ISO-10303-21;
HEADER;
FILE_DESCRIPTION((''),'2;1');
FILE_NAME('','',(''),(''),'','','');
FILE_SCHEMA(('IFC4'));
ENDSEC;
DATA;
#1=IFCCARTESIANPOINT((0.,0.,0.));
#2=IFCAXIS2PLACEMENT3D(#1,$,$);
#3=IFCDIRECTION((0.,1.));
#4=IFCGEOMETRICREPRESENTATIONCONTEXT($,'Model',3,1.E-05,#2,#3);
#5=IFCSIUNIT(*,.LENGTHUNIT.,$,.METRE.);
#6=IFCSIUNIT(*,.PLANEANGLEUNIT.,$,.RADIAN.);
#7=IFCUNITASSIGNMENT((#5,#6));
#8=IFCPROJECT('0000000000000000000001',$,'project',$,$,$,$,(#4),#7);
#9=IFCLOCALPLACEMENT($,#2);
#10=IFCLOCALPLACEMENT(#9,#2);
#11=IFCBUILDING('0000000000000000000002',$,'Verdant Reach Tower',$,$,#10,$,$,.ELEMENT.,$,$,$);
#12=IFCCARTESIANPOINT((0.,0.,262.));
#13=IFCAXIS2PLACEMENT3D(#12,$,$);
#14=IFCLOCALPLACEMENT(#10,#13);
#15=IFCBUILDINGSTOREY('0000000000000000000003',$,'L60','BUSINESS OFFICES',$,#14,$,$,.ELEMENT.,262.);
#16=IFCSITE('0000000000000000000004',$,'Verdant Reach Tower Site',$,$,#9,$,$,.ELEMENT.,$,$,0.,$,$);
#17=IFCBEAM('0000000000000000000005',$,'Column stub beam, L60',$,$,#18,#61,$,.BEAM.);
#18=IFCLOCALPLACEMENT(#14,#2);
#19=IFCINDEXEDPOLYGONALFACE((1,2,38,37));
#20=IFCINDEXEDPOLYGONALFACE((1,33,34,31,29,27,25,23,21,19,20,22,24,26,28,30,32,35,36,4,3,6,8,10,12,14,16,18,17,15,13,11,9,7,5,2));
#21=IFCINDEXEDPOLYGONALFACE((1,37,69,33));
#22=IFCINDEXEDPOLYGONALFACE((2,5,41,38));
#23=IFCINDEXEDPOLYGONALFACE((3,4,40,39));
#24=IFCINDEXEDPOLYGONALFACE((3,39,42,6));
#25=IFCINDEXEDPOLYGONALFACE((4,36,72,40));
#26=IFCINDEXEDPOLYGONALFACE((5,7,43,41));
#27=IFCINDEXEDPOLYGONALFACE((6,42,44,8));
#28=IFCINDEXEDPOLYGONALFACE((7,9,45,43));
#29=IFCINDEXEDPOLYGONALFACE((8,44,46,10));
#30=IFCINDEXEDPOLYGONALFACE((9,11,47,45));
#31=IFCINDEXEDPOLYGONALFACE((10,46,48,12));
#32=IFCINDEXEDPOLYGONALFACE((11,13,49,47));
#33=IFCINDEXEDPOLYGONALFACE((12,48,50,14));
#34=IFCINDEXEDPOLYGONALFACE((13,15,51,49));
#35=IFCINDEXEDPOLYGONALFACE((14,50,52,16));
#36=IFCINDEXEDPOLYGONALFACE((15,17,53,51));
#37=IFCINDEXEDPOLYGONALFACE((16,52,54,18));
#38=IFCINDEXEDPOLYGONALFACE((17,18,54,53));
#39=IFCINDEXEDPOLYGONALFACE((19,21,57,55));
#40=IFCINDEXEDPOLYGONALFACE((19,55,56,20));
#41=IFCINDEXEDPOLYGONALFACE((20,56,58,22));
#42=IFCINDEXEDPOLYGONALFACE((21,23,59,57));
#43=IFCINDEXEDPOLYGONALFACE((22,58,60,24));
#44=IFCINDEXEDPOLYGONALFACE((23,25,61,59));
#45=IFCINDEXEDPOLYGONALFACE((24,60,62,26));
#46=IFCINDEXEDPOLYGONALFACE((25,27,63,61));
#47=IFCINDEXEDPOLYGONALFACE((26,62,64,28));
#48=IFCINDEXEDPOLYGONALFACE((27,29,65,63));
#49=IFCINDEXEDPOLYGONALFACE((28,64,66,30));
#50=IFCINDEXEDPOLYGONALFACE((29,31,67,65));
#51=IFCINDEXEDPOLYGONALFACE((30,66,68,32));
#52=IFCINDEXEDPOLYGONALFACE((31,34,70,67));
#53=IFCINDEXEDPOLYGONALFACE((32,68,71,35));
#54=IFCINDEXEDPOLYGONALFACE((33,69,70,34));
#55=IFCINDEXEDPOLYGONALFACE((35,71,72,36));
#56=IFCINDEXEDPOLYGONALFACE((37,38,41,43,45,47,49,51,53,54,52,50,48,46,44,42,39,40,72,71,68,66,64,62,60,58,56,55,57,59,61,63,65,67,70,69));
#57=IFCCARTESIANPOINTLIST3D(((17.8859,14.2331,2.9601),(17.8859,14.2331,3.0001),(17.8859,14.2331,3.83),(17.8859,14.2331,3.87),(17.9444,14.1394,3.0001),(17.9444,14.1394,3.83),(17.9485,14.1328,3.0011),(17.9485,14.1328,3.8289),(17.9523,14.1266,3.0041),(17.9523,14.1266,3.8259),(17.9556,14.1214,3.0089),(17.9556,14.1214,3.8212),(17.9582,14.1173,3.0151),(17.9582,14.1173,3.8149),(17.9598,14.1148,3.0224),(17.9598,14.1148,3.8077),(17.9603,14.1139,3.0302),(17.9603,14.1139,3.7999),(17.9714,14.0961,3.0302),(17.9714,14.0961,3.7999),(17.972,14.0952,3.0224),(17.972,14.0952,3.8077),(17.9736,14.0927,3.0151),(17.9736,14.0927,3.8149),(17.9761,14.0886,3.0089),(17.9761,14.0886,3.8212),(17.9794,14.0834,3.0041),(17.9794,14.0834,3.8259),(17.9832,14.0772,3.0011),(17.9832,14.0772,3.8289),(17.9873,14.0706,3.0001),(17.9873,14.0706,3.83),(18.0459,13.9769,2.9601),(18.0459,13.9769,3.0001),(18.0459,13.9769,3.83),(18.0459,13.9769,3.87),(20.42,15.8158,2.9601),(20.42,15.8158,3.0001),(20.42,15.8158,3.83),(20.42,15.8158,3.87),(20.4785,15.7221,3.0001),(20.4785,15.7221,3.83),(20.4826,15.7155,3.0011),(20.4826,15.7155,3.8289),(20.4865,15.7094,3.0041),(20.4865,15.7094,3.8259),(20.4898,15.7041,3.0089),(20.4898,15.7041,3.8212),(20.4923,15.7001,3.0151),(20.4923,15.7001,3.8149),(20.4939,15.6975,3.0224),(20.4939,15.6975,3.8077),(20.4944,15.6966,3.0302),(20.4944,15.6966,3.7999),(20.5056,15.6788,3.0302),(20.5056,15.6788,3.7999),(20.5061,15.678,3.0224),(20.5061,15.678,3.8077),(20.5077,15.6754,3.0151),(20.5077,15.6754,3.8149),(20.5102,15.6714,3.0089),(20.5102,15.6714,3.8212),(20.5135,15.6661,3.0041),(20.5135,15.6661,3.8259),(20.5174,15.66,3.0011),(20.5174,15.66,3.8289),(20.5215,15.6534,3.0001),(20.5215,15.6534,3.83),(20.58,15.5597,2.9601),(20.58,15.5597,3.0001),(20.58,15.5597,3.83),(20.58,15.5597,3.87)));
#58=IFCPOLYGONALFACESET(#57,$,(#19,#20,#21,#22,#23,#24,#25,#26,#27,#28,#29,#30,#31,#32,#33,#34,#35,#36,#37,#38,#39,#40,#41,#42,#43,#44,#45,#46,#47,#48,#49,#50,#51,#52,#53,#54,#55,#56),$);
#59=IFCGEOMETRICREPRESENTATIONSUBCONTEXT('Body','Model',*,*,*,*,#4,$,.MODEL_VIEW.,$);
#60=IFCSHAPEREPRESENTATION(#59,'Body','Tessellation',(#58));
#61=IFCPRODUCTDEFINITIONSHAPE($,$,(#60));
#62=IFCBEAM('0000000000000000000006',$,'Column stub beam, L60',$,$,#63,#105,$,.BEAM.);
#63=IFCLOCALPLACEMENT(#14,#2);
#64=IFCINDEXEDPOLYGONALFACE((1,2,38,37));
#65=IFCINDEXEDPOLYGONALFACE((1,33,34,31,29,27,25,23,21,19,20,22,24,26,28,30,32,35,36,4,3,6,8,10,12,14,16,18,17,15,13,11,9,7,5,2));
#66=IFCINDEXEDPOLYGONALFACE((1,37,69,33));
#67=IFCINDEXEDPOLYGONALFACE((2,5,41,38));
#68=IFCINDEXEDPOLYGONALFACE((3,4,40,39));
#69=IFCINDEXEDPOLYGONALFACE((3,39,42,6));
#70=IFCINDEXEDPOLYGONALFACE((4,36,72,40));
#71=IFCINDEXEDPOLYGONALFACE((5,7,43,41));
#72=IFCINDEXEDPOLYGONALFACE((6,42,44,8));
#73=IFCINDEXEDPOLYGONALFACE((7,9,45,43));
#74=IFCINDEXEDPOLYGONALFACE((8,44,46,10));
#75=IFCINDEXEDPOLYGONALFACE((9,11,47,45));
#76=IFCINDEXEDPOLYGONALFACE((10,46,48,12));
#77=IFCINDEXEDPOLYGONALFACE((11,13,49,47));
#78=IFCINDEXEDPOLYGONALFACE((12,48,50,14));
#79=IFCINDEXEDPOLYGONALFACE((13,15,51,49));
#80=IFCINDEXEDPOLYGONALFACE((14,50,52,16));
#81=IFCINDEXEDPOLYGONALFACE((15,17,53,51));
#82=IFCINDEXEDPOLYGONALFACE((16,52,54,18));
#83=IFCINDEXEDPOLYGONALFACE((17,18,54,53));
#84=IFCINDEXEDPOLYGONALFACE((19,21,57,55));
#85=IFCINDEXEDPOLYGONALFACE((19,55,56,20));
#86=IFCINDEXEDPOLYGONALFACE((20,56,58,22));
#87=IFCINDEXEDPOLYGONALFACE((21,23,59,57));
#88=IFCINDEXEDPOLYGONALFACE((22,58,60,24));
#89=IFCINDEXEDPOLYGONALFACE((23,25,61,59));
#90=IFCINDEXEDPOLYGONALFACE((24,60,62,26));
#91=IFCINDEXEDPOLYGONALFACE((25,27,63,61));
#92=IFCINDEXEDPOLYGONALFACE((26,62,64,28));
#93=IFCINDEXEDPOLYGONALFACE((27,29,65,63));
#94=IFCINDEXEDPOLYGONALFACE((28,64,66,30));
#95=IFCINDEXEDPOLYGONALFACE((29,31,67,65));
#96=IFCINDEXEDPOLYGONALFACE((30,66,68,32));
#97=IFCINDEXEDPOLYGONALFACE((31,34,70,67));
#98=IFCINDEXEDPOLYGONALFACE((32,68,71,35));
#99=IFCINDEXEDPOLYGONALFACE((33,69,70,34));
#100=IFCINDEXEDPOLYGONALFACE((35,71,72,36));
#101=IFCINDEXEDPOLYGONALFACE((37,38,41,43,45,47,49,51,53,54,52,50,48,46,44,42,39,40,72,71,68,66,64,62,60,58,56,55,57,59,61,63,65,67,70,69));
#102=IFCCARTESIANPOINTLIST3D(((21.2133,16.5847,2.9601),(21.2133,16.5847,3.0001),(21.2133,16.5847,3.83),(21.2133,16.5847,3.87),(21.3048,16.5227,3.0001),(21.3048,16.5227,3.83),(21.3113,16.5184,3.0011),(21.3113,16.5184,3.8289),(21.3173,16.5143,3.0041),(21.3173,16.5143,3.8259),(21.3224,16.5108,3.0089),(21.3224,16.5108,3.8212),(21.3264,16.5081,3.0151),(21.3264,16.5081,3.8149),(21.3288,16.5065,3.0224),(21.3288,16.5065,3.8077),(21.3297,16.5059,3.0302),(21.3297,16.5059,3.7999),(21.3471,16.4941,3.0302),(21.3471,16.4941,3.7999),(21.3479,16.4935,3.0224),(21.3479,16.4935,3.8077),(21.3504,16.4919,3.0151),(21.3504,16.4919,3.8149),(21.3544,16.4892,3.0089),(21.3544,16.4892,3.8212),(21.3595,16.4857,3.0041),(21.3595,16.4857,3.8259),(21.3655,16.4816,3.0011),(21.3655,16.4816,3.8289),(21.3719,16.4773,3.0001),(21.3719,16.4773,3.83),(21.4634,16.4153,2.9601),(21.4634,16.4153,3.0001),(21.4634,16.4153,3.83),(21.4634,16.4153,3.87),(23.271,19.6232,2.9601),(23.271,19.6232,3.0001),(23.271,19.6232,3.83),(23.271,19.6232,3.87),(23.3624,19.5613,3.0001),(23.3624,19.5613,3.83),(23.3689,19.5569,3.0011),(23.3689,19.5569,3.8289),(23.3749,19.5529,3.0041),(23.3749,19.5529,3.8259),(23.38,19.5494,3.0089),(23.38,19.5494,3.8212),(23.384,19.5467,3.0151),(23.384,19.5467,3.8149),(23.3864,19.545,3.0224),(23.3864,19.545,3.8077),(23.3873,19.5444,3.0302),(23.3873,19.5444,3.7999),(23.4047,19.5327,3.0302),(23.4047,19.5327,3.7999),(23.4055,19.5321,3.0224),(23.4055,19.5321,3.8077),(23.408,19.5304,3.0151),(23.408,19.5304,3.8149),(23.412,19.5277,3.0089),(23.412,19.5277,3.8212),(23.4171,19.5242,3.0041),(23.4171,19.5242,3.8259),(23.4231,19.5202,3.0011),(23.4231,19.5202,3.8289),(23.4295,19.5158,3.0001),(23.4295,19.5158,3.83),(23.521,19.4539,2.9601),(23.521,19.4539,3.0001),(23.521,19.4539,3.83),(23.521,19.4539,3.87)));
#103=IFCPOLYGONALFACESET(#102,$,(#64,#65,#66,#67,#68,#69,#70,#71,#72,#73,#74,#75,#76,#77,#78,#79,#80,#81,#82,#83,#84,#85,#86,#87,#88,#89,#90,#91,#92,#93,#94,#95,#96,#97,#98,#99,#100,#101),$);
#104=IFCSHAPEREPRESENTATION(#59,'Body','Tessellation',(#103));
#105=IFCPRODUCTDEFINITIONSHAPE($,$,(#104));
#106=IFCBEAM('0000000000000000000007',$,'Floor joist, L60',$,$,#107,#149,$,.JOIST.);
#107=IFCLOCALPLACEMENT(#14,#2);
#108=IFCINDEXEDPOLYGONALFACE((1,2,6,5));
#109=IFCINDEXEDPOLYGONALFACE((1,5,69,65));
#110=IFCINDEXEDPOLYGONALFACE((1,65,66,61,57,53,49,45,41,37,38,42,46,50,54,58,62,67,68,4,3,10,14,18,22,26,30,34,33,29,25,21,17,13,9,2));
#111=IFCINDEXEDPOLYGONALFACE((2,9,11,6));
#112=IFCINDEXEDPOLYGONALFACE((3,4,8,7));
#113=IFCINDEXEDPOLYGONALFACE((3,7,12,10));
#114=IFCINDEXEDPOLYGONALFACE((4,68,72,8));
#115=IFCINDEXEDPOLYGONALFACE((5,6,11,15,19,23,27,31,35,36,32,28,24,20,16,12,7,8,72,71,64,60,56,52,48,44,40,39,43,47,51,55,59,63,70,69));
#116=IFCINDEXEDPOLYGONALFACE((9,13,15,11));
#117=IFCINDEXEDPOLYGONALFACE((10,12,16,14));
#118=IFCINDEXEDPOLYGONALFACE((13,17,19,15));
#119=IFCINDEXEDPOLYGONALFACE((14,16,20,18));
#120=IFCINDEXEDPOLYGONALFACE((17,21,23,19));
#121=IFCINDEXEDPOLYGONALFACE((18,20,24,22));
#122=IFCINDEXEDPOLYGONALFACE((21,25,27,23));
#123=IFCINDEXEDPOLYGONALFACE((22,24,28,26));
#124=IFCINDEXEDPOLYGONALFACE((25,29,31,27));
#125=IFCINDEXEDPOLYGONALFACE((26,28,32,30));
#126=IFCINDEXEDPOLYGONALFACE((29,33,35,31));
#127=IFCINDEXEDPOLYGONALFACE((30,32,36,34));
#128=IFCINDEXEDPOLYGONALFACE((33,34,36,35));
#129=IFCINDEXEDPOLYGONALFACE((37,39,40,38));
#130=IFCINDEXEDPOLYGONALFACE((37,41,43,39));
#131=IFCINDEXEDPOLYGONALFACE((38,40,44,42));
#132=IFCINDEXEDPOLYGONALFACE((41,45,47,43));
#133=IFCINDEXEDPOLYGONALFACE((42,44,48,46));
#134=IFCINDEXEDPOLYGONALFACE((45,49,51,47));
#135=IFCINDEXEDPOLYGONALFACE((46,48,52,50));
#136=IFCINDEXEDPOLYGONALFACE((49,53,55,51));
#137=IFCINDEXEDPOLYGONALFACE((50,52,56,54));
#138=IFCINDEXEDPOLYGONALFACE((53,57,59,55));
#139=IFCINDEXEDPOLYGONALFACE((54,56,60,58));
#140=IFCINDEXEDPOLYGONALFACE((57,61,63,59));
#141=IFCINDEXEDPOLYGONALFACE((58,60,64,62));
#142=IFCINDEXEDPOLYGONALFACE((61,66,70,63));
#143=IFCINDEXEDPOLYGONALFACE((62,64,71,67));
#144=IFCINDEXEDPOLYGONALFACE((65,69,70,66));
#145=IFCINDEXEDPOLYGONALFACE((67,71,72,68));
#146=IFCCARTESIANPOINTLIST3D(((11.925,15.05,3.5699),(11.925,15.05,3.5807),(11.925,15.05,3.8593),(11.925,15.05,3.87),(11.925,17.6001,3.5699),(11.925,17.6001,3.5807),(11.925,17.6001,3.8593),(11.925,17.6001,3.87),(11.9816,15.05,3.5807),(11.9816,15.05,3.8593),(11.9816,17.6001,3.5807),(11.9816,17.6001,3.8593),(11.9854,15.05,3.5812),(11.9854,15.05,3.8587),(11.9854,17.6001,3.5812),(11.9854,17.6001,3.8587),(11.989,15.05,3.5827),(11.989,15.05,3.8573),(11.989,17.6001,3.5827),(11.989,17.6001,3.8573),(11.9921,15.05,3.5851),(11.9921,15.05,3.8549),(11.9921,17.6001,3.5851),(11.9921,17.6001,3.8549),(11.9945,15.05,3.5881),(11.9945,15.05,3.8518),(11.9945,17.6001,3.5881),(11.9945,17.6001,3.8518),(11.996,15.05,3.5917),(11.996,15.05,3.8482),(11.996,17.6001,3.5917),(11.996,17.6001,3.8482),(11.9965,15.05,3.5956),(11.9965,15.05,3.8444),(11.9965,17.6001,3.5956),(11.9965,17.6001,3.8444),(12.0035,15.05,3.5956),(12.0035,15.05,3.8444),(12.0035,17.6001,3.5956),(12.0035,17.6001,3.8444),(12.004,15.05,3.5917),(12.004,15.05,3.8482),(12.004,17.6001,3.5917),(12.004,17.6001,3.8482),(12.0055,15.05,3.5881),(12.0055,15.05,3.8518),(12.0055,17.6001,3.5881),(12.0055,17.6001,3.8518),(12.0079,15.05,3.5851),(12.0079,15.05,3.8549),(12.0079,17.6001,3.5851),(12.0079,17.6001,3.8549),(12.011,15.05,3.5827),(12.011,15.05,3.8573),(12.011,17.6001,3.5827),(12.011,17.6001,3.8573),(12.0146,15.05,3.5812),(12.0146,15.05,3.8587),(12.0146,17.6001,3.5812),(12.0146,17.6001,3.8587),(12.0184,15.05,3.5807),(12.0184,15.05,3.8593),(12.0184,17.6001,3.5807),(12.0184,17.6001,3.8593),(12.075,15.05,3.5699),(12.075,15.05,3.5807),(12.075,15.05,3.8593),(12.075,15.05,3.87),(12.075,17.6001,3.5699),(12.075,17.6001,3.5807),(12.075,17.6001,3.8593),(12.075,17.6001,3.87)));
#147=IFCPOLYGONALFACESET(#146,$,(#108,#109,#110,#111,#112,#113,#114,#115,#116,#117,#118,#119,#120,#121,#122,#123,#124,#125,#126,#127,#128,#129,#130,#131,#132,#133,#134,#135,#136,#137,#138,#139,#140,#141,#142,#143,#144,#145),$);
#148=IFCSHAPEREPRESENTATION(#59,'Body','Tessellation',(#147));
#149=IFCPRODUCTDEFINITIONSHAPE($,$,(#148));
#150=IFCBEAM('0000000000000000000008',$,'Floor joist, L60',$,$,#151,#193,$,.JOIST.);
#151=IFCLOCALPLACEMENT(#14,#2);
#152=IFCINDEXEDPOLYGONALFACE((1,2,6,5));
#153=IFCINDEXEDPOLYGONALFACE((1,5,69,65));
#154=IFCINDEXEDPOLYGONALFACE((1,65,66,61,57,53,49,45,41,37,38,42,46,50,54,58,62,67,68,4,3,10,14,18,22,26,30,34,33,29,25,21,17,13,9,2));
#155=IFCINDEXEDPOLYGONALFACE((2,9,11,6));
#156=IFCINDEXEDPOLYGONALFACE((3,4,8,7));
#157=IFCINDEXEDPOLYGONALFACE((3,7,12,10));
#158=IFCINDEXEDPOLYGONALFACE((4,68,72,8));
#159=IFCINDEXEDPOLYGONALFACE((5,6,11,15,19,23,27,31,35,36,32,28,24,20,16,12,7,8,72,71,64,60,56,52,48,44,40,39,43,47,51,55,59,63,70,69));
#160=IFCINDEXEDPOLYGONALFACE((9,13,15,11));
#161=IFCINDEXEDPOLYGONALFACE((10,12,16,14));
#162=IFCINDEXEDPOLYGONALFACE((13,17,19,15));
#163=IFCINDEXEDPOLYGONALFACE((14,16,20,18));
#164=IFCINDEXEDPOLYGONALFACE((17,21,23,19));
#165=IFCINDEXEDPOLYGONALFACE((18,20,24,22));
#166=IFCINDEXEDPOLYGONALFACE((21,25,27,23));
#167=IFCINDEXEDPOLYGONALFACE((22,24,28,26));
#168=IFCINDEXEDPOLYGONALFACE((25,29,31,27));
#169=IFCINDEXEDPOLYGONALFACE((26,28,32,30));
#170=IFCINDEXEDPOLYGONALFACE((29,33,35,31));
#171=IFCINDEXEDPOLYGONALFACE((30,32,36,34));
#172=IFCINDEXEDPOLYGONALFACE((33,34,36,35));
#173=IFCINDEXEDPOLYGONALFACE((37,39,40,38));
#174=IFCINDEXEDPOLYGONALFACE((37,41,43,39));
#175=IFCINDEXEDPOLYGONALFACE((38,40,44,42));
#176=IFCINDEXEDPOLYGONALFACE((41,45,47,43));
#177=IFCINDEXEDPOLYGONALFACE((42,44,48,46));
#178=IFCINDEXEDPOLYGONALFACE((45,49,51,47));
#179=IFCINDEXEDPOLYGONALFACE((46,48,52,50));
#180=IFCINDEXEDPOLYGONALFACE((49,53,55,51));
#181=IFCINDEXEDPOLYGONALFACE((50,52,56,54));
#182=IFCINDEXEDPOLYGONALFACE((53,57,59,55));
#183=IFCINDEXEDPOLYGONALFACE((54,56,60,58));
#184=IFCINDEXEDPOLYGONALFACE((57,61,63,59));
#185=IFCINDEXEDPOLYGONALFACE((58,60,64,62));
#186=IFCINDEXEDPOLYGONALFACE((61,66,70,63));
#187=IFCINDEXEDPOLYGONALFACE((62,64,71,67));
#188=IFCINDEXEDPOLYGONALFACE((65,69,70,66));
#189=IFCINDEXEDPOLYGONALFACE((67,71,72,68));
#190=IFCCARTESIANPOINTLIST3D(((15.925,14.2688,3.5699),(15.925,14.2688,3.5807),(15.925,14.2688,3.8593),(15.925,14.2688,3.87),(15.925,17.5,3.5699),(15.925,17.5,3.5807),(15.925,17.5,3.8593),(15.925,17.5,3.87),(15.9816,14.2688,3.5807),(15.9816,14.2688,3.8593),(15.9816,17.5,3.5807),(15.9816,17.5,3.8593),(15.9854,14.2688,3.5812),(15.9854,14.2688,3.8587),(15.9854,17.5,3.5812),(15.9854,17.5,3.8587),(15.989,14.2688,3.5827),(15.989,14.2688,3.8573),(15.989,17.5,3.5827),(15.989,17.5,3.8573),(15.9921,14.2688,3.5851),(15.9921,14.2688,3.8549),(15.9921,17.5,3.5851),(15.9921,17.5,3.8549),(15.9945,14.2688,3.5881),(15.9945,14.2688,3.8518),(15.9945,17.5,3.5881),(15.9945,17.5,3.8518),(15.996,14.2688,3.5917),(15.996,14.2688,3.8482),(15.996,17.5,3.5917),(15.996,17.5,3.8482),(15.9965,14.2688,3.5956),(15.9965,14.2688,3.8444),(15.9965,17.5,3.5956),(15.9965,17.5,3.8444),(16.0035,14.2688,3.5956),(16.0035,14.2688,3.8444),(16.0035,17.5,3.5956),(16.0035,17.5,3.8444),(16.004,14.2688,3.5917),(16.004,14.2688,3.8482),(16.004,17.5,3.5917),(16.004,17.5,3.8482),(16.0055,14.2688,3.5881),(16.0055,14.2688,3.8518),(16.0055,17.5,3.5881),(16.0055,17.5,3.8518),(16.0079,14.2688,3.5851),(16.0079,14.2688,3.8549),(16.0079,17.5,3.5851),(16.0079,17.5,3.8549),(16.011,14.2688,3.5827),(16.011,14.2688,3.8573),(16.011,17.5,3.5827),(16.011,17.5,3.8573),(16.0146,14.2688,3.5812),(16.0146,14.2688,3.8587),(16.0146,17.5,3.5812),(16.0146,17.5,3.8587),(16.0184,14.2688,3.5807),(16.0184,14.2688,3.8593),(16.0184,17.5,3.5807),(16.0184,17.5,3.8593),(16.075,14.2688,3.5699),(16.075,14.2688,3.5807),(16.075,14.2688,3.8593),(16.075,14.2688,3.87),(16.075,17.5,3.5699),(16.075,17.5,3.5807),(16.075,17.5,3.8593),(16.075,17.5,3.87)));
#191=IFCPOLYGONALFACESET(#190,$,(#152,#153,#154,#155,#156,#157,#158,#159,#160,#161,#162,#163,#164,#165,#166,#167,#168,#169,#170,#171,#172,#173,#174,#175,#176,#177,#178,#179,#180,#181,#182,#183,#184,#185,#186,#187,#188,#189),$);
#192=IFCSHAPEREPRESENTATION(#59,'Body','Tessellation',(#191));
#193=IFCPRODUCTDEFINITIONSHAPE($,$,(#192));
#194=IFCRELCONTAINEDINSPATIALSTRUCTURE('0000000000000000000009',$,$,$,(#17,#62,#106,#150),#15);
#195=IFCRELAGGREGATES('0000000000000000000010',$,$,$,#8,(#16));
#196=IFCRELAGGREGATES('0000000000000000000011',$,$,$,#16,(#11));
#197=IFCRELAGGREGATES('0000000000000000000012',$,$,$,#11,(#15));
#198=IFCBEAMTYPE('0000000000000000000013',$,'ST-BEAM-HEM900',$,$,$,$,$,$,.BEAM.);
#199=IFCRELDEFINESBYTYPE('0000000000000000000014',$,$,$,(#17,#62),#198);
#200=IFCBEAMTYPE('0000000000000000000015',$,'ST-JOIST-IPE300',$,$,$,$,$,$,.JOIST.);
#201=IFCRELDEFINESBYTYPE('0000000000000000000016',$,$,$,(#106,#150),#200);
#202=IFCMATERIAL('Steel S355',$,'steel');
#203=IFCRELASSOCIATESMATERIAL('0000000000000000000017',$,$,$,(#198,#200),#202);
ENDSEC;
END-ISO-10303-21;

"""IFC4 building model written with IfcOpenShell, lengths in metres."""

from ifc_helpers import new_model, si_unit, direction, frame, origin, origin_2d, place, context, subcontext, project, spatial, i_section, extrude, material, material_profile, profile_set, type_object, element, save


model = new_model("IFC4")

# Units and contexts
model_context = context("Model", 3, precision=1e-05, world=origin(), true_north=direction((0.0, 1.0)))
body_context = subcontext(model_context, "Body", "Model", "MODEL_VIEW")
ifc_project = project(units=[si_unit("LENGTHUNIT", "METRE"), si_unit("PLANEANGLEUNIT", "RADIAN")], contexts=[model_context])

# Site, building, storey
site_placement = place(None, origin())
site = spatial("IfcSite", under=ifc_project, at=site_placement, Name="Verdant Reach Tower Site", CompositionType="ELEMENT", RefElevation=0.0)
building_placement = place(site_placement, origin())
building = spatial("IfcBuilding", under=site, at=building_placement, Name="Verdant Reach Tower", CompositionType="ELEMENT")
storey_placement = place(building_placement, frame((0.0, 0.0, 262.0)))
storey = spatial("IfcBuildingStorey", under=building, at=storey_placement, Name="L60", Description="BUSINESS OFFICES", CompositionType="ELEMENT", Elevation=262.0)

# Beams
ifc_material_1 = material(Name="Steel S355", Category="steel")
ifc_material_profile_1 = material_profile(ifc_material_1, i_section(OverallWidth=0.302, OverallDepth=0.9099, WebThickness=0.021, FlangeThickness=0.04, FilletRadius=0.03, at=origin_2d()), Name="HEM 900")
ifc_profile_set_1 = profile_set([ifc_material_profile_1], Name="Steel S355")
beam_type_1 = type_object("IfcBeamType", Name="ST-BEAM-HEM900", PredefinedType="BEAM", material=ifc_profile_set_1)
beam_1_placement = place(storey_placement, frame((20.5, 15.6877, 3.415), z_axis=(-0.848164, -0.529735, 0.0), x_axis=(0.529735, -0.848164, 0.0)))
element("IfcBeam", 1, at=beam_1_placement, inside=storey, type_object=beam_type_1, Name="Column stub beam, L60", PredefinedType="BEAM", context=body_context, shape_type="SweptSolid", body=[
    extrude(i_section(OverallWidth=0.302, OverallDepth=0.9099, WebThickness=0.021, FlangeThickness=0.04, FilletRadius=0.03, at=origin_2d()), origin(), (0.0, 0.0, 1.0), 2.9878),
])
beam_2_placement = place(storey_placement, frame((21.3384, 16.5, 3.415), z_axis=(0.560704, 0.828016, 0.0), x_axis=(-0.828016, 0.560704, 0.0)))
element("IfcBeam", 2, at=beam_2_placement, inside=storey, type_object=beam_type_1, Name="Column stub beam, L60", PredefinedType="BEAM", context=body_context, shape_type="SweptSolid", body=[
    extrude(i_section(OverallWidth=0.302, OverallDepth=0.9099, WebThickness=0.021, FlangeThickness=0.04, FilletRadius=0.03, at=origin_2d()), origin(), (0.0, 0.0, 1.0), 3.6697),
])
ifc_material_profile_2 = material_profile(ifc_material_1, i_section(OverallWidth=0.1499, OverallDepth=0.3, WebThickness=0.0071, FlangeThickness=0.0107, FilletRadius=0.0149, at=origin_2d()), Name="IPE 300")
ifc_profile_set_2 = profile_set([ifc_material_profile_2], Name="Steel S355")
beam_type_2 = type_object("IfcBeamType", Name="ST-JOIST-IPE300", PredefinedType="JOIST", material=ifc_profile_set_2)
beam_3_placement = place(storey_placement, frame((12.0, 17.6001, 3.72), z_axis=(0.0, -1.0, 0.0), x_axis=(1.0, 0.0, 0.0)))
element("IfcBeam", 3, at=beam_3_placement, inside=storey, type_object=beam_type_2, Name="Floor joist, L60", PredefinedType="JOIST", context=body_context, shape_type="SweptSolid", body=[
    extrude(i_section(OverallWidth=0.1499, OverallDepth=0.3, WebThickness=0.0071, FlangeThickness=0.0107, FilletRadius=0.0149, at=origin_2d()), origin(), (0.0, 0.0, 1.0), 2.55),
])
beam_4_placement = place(storey_placement, frame((16.0, 17.5, 3.72), z_axis=(0.0, -1.0, 0.0), x_axis=(1.0, 0.0, 0.0)))
element("IfcBeam", 4, at=beam_4_placement, inside=storey, type_object=beam_type_2, Name="Floor joist, L60", PredefinedType="JOIST", context=body_context, shape_type="SweptSolid", body=[
    extrude(i_section(OverallWidth=0.1499, OverallDepth=0.3, WebThickness=0.0071, FlangeThickness=0.0107, FilletRadius=0.0149, at=origin_2d()), origin(), (0.0, 0.0, 1.0), 3.2312),
])

save(model, "model.ifc")
